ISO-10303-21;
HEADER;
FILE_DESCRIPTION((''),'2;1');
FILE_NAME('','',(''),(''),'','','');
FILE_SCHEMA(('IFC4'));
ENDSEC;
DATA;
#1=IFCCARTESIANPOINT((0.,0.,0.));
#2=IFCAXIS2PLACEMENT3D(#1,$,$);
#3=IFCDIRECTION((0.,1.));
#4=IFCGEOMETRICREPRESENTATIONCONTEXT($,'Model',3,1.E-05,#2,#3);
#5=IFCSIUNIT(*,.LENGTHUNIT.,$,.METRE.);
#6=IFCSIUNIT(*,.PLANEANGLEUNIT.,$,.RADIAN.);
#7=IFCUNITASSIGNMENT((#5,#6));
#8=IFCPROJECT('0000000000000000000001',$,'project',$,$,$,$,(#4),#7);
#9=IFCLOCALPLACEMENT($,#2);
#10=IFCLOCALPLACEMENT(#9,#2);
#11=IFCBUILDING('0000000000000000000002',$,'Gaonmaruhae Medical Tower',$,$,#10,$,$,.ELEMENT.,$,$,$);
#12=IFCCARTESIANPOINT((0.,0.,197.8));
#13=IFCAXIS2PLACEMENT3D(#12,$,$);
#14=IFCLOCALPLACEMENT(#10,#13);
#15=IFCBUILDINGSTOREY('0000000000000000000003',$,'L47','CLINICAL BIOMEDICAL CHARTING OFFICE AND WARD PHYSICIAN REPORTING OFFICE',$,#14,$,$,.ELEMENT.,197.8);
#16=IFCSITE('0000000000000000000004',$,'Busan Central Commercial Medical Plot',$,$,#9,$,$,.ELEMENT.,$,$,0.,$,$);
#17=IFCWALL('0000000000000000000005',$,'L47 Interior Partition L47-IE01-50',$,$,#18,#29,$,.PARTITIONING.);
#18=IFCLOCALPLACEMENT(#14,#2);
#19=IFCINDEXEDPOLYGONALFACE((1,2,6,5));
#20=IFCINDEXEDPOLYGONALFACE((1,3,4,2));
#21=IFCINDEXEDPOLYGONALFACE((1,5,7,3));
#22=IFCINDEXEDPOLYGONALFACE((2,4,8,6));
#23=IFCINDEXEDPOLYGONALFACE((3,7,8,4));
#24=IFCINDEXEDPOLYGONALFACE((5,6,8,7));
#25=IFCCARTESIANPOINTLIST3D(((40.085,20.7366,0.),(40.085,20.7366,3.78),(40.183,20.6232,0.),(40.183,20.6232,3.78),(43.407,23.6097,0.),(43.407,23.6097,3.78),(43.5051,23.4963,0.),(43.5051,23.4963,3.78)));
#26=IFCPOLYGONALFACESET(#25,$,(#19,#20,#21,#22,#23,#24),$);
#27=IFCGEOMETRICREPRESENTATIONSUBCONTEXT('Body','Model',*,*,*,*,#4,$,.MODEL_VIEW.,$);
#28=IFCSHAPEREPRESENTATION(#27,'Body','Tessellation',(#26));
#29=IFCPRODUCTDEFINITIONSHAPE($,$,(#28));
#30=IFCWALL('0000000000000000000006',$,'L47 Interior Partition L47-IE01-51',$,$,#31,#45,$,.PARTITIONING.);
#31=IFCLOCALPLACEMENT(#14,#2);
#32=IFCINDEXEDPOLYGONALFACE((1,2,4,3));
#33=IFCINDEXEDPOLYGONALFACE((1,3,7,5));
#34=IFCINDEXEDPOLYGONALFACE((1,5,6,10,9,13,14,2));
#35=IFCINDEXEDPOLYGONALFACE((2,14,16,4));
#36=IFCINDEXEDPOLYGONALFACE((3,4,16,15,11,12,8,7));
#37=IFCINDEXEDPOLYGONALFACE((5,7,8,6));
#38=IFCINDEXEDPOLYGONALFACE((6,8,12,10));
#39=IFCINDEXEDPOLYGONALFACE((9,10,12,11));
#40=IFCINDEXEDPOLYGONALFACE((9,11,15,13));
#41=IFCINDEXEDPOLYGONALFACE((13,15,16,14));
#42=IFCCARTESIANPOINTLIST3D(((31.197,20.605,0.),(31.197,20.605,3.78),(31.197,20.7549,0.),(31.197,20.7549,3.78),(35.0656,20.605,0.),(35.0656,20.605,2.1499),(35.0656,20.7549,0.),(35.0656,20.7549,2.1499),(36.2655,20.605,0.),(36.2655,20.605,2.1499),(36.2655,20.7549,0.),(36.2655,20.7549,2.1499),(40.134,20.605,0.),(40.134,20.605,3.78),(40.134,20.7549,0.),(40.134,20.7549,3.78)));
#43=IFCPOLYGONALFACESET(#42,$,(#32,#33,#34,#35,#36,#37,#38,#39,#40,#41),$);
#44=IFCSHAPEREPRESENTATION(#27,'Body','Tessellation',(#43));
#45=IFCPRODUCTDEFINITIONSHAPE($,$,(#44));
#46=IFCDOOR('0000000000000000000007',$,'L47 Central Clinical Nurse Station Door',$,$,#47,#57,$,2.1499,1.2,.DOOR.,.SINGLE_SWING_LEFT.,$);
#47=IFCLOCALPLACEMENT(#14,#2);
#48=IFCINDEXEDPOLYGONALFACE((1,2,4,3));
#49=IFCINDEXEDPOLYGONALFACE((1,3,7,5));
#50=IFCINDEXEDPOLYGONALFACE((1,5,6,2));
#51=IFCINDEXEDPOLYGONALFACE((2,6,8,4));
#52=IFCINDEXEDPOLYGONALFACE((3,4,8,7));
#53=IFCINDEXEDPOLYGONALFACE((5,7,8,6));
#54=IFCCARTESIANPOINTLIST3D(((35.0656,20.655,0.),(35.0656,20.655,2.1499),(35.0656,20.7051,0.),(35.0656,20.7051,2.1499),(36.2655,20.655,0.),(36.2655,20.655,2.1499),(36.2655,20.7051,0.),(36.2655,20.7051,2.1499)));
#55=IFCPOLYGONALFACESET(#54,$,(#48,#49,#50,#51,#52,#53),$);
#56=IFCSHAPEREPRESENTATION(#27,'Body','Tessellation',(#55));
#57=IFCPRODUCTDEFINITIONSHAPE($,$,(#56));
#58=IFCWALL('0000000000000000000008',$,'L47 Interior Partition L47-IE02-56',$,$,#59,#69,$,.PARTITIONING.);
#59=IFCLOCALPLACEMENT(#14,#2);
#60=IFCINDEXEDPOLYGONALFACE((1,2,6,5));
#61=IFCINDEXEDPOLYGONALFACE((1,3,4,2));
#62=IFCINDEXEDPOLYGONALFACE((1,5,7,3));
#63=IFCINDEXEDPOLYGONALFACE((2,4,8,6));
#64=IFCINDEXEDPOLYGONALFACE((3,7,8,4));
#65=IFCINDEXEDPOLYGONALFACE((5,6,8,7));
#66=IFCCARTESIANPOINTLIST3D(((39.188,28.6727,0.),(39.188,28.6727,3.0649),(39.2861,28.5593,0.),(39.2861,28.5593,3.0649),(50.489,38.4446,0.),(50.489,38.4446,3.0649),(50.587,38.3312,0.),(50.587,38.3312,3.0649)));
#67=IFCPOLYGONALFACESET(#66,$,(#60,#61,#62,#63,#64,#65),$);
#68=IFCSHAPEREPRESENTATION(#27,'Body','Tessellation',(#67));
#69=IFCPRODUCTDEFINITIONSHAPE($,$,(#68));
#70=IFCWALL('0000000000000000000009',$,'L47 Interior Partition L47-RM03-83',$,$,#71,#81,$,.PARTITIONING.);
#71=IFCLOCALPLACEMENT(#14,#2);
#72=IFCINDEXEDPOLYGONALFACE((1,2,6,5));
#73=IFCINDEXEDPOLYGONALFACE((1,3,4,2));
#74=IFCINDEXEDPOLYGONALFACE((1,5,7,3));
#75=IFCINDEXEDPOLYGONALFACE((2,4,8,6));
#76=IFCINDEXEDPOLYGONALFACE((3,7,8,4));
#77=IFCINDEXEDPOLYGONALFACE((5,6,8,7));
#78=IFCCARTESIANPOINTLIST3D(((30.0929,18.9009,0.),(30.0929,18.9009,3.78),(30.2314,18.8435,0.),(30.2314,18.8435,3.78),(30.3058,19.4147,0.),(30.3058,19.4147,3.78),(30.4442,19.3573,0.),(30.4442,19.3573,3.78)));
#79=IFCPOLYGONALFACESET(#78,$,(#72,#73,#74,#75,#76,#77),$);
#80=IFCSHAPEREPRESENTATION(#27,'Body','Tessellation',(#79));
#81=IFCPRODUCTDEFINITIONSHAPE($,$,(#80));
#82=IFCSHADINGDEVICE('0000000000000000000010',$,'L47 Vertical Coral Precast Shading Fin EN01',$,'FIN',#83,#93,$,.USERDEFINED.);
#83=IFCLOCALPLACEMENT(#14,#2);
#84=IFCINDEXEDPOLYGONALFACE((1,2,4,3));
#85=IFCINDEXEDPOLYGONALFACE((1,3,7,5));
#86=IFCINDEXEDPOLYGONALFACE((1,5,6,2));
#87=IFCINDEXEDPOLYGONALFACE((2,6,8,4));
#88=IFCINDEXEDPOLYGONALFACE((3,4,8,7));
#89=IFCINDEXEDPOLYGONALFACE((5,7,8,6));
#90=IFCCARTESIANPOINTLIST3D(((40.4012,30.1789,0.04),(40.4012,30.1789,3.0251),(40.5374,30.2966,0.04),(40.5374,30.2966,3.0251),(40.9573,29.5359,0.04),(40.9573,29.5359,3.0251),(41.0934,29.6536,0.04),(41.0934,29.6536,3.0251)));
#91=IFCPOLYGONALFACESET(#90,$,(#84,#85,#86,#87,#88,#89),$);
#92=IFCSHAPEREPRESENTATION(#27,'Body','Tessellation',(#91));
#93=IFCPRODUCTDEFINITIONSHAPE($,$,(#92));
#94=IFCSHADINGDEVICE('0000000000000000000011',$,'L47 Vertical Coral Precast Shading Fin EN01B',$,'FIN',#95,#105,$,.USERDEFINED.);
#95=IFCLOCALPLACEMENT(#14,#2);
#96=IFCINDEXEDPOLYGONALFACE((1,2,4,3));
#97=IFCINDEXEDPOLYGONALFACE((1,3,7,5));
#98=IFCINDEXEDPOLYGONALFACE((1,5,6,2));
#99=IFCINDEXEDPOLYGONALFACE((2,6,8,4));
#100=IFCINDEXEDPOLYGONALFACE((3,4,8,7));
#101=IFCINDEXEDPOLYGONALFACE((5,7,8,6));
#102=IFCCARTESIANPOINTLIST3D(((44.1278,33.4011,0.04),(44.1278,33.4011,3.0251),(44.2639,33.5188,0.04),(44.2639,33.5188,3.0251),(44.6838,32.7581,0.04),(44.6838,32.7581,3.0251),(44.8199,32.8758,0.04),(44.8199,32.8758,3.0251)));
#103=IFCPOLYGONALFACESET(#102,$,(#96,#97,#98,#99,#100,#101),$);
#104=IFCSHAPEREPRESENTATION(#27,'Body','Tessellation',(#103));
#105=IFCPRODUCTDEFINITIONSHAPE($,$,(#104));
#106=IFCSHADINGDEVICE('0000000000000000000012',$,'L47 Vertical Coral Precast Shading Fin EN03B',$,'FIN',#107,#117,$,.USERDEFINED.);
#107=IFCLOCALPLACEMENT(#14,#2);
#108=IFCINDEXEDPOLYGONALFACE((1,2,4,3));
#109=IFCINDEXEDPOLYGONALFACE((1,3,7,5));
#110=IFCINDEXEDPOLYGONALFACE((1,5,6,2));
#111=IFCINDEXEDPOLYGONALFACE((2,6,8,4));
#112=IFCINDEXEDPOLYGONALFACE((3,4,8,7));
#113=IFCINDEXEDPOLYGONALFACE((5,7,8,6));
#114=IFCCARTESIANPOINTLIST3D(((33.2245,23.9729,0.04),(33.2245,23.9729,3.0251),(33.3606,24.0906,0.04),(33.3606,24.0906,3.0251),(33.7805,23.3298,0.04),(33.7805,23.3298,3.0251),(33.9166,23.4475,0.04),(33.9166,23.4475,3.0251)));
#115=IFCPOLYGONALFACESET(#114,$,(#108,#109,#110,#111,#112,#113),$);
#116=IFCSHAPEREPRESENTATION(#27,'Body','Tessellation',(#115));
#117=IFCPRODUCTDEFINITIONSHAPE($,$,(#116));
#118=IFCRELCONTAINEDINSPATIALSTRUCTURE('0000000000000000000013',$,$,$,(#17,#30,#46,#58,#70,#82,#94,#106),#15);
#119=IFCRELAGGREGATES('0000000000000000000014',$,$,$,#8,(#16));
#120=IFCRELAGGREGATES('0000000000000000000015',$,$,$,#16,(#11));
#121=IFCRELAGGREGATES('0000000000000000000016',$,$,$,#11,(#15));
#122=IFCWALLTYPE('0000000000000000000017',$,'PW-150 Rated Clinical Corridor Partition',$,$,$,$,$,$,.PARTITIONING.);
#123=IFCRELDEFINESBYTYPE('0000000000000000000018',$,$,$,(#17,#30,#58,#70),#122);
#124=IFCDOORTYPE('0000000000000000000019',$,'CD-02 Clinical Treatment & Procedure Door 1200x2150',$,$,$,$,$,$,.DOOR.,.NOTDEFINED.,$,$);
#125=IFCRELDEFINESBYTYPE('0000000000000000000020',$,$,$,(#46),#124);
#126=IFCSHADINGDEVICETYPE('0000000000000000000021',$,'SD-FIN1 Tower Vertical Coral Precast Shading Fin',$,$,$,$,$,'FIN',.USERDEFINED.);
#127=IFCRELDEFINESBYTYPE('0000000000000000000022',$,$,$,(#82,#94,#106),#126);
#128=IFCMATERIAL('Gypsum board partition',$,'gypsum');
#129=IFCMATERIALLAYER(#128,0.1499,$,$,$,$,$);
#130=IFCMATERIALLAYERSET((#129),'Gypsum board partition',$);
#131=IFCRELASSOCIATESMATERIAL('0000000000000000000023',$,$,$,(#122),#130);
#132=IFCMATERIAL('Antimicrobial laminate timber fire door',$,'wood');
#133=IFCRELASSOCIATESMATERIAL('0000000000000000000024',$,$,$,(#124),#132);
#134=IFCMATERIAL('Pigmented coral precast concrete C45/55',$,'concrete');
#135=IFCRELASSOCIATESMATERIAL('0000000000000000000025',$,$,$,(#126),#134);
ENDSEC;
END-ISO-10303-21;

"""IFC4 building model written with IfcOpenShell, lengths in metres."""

from ifc_helpers import new_model, si_unit, direction, frame, frame_2d, origin, origin_2d, place, context, subcontext, project, spatial, rectangle, extrude, material, layer, layer_set, type_object, element, fill, save


model = new_model("IFC4")

# Units and contexts
model_context = context("Model", 3, precision=1e-05, world=origin(), true_north=direction((0.0, 1.0)))
body_context = subcontext(model_context, "Body", "Model", "MODEL_VIEW")
ifc_project = project(units=[si_unit("LENGTHUNIT", "METRE"), si_unit("PLANEANGLEUNIT", "RADIAN")], contexts=[model_context])

# Site, building, storey
site_placement = place(None, origin())
site = spatial("IfcSite", under=ifc_project, at=site_placement, Name="Busan Central Commercial Medical Plot", CompositionType="ELEMENT", RefElevation=0.0)
building_placement = place(site_placement, origin())
building = spatial("IfcBuilding", under=site, at=building_placement, Name="Gaonmaruhae Medical Tower", CompositionType="ELEMENT")
storey_placement = place(building_placement, frame((0.0, 0.0, 197.8)))
storey = spatial("IfcBuildingStorey", under=building, at=storey_placement, Name="L47", Description="CLINICAL BIOMEDICAL CHARTING OFFICE AND WARD PHYSICIAN REPORTING OFFICE", CompositionType="ELEMENT", Elevation=197.8)

# Wall
ifc_material_1 = material(Name="Gypsum board partition", Category="gypsum")
ifc_layer_1 = layer(ifc_material_1, 0.1499)
ifc_layer_set_1 = layer_set([ifc_layer_1], Name="Gypsum board partition")
wall_type_1 = type_object("IfcWallType", Name="PW-150 Rated Clinical Corridor Partition", PredefinedType="PARTITIONING", material=ifc_layer_set_1)
wall_1_placement = place(storey_placement, frame((43.4561, 23.553, 0.0), z_axis=(0.0, 0.0, 1.0), x_axis=(-0.756369, -0.654145, 0.0)))
element("IfcWall", 1, at=wall_1_placement, inside=storey, type_object=wall_type_1, Name="L47 Interior Partition L47-IE01-50", PredefinedType="PARTITIONING", context=body_context, shape_type="SweptSolid", body=[
    extrude(rectangle(XDim=4.3921, YDim=0.1499, at=frame_2d((2.196, 0.0))), origin(), (0.0, 0.0, 1.0), 3.78),
])

# Wall, opening, door
wall_2_placement = place(storey_placement, frame((40.134, 20.6799, 0.0), z_axis=(0.0, 0.0, 1.0), x_axis=(-1.0, 0.0, 0.0)))
wall_2 = element("IfcWall", 2, at=wall_2_placement, inside=storey, type_object=wall_type_1, Name="L47 Interior Partition L47-IE01-51", PredefinedType="PARTITIONING", context=body_context, shape_type="SweptSolid", body=[
    extrude(rectangle(XDim=8.937, YDim=0.1499, at=frame_2d((4.4685, 0.0))), origin(), (0.0, 0.0, 1.0), 3.78),
])
opening_1_placement = place(wall_2_placement, frame((3.8684, 0.0, 0.0)))
opening_1 = element("IfcOpeningElement", 3, at=opening_1_placement, cuts=wall_2, PredefinedType="OPENING", context=body_context, shape_type="SweptSolid", body=[
    extrude(rectangle(XDim=1.2, YDim=2.1499, at=frame_2d((0.6001, 1.075))), frame((0.0, 0.085, 0.0), z_axis=(0.0, -1.0, 0.0), x_axis=(1.0, 0.0, 0.0)), (0.0, 0.0, 1.0), 0.1699),
])
ifc_material_2 = material(Name="Antimicrobial laminate timber fire door", Category="wood")
door_type = type_object("IfcDoorType", Name="CD-02 Clinical Treatment & Procedure Door 1200x2150", OperationType="NOTDEFINED", PredefinedType="DOOR", material=ifc_material_2)
door_placement = place(opening_1_placement, origin())
door = element("IfcDoor", 4, at=door_placement, inside=storey, type_object=door_type, Name="L47 Central Clinical Nurse Station Door", OperationType="SINGLE_SWING_LEFT", OverallHeight=2.1499, OverallWidth=1.2, PredefinedType="DOOR", context=body_context, shape_type="SweptSolid", body=[
    extrude(rectangle(XDim=1.2, YDim=2.1499, at=frame_2d((0.6001, 1.075))), frame((0.0, 0.0249, 0.0), z_axis=(0.0, -1.0, 0.0), x_axis=(1.0, 0.0, 0.0)), (0.0, 0.0, 1.0), 0.05),
])
fill(opening_1, door)

# Walls
wall_3_placement = place(storey_placement, frame((39.2371, 28.616, 0.0), z_axis=(0.0, 0.0, 1.0), x_axis=(0.756426, 0.65408, 0.0)))
element("IfcWall", 5, at=wall_3_placement, inside=storey, type_object=wall_type_1, Name="L47 Interior Partition L47-IE02-56", PredefinedType="PARTITIONING", context=body_context, shape_type="SweptSolid", body=[
    extrude(rectangle(XDim=14.9399, YDim=0.1499, at=frame_2d((7.47, 0.0))), origin(), (0.0, 0.0, 1.0), 3.0649),
])
wall_4_placement = place(storey_placement, frame((30.375, 19.386, 0.0), z_axis=(0.0, 0.0, 1.0), x_axis=(-0.382714, -0.923867, 0.0)))
element("IfcWall", 6, at=wall_4_placement, inside=storey, type_object=wall_type_1, Name="L47 Interior Partition L47-RM03-83", PredefinedType="PARTITIONING", context=body_context, shape_type="SweptSolid", body=[
    extrude(rectangle(XDim=0.5562, YDim=0.1499, at=frame_2d((0.2781, 0.0))), origin(), (0.0, 0.0, 1.0), 3.78),
])

# Shading devices
ifc_material_3 = material(Name="Pigmented coral precast concrete C45/55", Category="concrete")
shading_device_type = type_object("IfcShadingDeviceType", Name="SD-FIN1 Tower Vertical Coral Precast Shading Fin", ElementType="FIN", PredefinedType="USERDEFINED", material=ifc_material_3)
for number, where, z_axis, x_axis, name in (
    (7, (40.7473, 29.9163, 0.04), (0.0, 0.0, 1.0), (0.756425, 0.654081, 0.0), "L47 Vertical Coral Precast Shading Fin EN01"),
    (8, (44.4739, 33.1384, 0.04), (0.0, 0.0, 1.0), (0.756425, 0.654081, 0.0), "L47 Vertical Coral Precast Shading Fin EN01B"),
    (9, (33.5706, 23.7102, 0.04), (0.0, 0.0, 1.0), (0.756425, 0.654081, 0.0), "L47 Vertical Coral Precast Shading Fin EN03B"),
):
    element("IfcShadingDevice", number, at=place(storey_placement, frame(where, z_axis=z_axis, x_axis=x_axis)), inside=storey, type_object=shading_device_type, Name=name, ObjectType="FIN", PredefinedType="USERDEFINED", context=body_context, shape_type="SweptSolid", body=[
        extrude(rectangle(XDim=0.1799, YDim=0.8501, at=origin_2d()), origin(), (0.0, 0.0, 1.0), 2.9851),
    ])

save(model, "model.ifc")
